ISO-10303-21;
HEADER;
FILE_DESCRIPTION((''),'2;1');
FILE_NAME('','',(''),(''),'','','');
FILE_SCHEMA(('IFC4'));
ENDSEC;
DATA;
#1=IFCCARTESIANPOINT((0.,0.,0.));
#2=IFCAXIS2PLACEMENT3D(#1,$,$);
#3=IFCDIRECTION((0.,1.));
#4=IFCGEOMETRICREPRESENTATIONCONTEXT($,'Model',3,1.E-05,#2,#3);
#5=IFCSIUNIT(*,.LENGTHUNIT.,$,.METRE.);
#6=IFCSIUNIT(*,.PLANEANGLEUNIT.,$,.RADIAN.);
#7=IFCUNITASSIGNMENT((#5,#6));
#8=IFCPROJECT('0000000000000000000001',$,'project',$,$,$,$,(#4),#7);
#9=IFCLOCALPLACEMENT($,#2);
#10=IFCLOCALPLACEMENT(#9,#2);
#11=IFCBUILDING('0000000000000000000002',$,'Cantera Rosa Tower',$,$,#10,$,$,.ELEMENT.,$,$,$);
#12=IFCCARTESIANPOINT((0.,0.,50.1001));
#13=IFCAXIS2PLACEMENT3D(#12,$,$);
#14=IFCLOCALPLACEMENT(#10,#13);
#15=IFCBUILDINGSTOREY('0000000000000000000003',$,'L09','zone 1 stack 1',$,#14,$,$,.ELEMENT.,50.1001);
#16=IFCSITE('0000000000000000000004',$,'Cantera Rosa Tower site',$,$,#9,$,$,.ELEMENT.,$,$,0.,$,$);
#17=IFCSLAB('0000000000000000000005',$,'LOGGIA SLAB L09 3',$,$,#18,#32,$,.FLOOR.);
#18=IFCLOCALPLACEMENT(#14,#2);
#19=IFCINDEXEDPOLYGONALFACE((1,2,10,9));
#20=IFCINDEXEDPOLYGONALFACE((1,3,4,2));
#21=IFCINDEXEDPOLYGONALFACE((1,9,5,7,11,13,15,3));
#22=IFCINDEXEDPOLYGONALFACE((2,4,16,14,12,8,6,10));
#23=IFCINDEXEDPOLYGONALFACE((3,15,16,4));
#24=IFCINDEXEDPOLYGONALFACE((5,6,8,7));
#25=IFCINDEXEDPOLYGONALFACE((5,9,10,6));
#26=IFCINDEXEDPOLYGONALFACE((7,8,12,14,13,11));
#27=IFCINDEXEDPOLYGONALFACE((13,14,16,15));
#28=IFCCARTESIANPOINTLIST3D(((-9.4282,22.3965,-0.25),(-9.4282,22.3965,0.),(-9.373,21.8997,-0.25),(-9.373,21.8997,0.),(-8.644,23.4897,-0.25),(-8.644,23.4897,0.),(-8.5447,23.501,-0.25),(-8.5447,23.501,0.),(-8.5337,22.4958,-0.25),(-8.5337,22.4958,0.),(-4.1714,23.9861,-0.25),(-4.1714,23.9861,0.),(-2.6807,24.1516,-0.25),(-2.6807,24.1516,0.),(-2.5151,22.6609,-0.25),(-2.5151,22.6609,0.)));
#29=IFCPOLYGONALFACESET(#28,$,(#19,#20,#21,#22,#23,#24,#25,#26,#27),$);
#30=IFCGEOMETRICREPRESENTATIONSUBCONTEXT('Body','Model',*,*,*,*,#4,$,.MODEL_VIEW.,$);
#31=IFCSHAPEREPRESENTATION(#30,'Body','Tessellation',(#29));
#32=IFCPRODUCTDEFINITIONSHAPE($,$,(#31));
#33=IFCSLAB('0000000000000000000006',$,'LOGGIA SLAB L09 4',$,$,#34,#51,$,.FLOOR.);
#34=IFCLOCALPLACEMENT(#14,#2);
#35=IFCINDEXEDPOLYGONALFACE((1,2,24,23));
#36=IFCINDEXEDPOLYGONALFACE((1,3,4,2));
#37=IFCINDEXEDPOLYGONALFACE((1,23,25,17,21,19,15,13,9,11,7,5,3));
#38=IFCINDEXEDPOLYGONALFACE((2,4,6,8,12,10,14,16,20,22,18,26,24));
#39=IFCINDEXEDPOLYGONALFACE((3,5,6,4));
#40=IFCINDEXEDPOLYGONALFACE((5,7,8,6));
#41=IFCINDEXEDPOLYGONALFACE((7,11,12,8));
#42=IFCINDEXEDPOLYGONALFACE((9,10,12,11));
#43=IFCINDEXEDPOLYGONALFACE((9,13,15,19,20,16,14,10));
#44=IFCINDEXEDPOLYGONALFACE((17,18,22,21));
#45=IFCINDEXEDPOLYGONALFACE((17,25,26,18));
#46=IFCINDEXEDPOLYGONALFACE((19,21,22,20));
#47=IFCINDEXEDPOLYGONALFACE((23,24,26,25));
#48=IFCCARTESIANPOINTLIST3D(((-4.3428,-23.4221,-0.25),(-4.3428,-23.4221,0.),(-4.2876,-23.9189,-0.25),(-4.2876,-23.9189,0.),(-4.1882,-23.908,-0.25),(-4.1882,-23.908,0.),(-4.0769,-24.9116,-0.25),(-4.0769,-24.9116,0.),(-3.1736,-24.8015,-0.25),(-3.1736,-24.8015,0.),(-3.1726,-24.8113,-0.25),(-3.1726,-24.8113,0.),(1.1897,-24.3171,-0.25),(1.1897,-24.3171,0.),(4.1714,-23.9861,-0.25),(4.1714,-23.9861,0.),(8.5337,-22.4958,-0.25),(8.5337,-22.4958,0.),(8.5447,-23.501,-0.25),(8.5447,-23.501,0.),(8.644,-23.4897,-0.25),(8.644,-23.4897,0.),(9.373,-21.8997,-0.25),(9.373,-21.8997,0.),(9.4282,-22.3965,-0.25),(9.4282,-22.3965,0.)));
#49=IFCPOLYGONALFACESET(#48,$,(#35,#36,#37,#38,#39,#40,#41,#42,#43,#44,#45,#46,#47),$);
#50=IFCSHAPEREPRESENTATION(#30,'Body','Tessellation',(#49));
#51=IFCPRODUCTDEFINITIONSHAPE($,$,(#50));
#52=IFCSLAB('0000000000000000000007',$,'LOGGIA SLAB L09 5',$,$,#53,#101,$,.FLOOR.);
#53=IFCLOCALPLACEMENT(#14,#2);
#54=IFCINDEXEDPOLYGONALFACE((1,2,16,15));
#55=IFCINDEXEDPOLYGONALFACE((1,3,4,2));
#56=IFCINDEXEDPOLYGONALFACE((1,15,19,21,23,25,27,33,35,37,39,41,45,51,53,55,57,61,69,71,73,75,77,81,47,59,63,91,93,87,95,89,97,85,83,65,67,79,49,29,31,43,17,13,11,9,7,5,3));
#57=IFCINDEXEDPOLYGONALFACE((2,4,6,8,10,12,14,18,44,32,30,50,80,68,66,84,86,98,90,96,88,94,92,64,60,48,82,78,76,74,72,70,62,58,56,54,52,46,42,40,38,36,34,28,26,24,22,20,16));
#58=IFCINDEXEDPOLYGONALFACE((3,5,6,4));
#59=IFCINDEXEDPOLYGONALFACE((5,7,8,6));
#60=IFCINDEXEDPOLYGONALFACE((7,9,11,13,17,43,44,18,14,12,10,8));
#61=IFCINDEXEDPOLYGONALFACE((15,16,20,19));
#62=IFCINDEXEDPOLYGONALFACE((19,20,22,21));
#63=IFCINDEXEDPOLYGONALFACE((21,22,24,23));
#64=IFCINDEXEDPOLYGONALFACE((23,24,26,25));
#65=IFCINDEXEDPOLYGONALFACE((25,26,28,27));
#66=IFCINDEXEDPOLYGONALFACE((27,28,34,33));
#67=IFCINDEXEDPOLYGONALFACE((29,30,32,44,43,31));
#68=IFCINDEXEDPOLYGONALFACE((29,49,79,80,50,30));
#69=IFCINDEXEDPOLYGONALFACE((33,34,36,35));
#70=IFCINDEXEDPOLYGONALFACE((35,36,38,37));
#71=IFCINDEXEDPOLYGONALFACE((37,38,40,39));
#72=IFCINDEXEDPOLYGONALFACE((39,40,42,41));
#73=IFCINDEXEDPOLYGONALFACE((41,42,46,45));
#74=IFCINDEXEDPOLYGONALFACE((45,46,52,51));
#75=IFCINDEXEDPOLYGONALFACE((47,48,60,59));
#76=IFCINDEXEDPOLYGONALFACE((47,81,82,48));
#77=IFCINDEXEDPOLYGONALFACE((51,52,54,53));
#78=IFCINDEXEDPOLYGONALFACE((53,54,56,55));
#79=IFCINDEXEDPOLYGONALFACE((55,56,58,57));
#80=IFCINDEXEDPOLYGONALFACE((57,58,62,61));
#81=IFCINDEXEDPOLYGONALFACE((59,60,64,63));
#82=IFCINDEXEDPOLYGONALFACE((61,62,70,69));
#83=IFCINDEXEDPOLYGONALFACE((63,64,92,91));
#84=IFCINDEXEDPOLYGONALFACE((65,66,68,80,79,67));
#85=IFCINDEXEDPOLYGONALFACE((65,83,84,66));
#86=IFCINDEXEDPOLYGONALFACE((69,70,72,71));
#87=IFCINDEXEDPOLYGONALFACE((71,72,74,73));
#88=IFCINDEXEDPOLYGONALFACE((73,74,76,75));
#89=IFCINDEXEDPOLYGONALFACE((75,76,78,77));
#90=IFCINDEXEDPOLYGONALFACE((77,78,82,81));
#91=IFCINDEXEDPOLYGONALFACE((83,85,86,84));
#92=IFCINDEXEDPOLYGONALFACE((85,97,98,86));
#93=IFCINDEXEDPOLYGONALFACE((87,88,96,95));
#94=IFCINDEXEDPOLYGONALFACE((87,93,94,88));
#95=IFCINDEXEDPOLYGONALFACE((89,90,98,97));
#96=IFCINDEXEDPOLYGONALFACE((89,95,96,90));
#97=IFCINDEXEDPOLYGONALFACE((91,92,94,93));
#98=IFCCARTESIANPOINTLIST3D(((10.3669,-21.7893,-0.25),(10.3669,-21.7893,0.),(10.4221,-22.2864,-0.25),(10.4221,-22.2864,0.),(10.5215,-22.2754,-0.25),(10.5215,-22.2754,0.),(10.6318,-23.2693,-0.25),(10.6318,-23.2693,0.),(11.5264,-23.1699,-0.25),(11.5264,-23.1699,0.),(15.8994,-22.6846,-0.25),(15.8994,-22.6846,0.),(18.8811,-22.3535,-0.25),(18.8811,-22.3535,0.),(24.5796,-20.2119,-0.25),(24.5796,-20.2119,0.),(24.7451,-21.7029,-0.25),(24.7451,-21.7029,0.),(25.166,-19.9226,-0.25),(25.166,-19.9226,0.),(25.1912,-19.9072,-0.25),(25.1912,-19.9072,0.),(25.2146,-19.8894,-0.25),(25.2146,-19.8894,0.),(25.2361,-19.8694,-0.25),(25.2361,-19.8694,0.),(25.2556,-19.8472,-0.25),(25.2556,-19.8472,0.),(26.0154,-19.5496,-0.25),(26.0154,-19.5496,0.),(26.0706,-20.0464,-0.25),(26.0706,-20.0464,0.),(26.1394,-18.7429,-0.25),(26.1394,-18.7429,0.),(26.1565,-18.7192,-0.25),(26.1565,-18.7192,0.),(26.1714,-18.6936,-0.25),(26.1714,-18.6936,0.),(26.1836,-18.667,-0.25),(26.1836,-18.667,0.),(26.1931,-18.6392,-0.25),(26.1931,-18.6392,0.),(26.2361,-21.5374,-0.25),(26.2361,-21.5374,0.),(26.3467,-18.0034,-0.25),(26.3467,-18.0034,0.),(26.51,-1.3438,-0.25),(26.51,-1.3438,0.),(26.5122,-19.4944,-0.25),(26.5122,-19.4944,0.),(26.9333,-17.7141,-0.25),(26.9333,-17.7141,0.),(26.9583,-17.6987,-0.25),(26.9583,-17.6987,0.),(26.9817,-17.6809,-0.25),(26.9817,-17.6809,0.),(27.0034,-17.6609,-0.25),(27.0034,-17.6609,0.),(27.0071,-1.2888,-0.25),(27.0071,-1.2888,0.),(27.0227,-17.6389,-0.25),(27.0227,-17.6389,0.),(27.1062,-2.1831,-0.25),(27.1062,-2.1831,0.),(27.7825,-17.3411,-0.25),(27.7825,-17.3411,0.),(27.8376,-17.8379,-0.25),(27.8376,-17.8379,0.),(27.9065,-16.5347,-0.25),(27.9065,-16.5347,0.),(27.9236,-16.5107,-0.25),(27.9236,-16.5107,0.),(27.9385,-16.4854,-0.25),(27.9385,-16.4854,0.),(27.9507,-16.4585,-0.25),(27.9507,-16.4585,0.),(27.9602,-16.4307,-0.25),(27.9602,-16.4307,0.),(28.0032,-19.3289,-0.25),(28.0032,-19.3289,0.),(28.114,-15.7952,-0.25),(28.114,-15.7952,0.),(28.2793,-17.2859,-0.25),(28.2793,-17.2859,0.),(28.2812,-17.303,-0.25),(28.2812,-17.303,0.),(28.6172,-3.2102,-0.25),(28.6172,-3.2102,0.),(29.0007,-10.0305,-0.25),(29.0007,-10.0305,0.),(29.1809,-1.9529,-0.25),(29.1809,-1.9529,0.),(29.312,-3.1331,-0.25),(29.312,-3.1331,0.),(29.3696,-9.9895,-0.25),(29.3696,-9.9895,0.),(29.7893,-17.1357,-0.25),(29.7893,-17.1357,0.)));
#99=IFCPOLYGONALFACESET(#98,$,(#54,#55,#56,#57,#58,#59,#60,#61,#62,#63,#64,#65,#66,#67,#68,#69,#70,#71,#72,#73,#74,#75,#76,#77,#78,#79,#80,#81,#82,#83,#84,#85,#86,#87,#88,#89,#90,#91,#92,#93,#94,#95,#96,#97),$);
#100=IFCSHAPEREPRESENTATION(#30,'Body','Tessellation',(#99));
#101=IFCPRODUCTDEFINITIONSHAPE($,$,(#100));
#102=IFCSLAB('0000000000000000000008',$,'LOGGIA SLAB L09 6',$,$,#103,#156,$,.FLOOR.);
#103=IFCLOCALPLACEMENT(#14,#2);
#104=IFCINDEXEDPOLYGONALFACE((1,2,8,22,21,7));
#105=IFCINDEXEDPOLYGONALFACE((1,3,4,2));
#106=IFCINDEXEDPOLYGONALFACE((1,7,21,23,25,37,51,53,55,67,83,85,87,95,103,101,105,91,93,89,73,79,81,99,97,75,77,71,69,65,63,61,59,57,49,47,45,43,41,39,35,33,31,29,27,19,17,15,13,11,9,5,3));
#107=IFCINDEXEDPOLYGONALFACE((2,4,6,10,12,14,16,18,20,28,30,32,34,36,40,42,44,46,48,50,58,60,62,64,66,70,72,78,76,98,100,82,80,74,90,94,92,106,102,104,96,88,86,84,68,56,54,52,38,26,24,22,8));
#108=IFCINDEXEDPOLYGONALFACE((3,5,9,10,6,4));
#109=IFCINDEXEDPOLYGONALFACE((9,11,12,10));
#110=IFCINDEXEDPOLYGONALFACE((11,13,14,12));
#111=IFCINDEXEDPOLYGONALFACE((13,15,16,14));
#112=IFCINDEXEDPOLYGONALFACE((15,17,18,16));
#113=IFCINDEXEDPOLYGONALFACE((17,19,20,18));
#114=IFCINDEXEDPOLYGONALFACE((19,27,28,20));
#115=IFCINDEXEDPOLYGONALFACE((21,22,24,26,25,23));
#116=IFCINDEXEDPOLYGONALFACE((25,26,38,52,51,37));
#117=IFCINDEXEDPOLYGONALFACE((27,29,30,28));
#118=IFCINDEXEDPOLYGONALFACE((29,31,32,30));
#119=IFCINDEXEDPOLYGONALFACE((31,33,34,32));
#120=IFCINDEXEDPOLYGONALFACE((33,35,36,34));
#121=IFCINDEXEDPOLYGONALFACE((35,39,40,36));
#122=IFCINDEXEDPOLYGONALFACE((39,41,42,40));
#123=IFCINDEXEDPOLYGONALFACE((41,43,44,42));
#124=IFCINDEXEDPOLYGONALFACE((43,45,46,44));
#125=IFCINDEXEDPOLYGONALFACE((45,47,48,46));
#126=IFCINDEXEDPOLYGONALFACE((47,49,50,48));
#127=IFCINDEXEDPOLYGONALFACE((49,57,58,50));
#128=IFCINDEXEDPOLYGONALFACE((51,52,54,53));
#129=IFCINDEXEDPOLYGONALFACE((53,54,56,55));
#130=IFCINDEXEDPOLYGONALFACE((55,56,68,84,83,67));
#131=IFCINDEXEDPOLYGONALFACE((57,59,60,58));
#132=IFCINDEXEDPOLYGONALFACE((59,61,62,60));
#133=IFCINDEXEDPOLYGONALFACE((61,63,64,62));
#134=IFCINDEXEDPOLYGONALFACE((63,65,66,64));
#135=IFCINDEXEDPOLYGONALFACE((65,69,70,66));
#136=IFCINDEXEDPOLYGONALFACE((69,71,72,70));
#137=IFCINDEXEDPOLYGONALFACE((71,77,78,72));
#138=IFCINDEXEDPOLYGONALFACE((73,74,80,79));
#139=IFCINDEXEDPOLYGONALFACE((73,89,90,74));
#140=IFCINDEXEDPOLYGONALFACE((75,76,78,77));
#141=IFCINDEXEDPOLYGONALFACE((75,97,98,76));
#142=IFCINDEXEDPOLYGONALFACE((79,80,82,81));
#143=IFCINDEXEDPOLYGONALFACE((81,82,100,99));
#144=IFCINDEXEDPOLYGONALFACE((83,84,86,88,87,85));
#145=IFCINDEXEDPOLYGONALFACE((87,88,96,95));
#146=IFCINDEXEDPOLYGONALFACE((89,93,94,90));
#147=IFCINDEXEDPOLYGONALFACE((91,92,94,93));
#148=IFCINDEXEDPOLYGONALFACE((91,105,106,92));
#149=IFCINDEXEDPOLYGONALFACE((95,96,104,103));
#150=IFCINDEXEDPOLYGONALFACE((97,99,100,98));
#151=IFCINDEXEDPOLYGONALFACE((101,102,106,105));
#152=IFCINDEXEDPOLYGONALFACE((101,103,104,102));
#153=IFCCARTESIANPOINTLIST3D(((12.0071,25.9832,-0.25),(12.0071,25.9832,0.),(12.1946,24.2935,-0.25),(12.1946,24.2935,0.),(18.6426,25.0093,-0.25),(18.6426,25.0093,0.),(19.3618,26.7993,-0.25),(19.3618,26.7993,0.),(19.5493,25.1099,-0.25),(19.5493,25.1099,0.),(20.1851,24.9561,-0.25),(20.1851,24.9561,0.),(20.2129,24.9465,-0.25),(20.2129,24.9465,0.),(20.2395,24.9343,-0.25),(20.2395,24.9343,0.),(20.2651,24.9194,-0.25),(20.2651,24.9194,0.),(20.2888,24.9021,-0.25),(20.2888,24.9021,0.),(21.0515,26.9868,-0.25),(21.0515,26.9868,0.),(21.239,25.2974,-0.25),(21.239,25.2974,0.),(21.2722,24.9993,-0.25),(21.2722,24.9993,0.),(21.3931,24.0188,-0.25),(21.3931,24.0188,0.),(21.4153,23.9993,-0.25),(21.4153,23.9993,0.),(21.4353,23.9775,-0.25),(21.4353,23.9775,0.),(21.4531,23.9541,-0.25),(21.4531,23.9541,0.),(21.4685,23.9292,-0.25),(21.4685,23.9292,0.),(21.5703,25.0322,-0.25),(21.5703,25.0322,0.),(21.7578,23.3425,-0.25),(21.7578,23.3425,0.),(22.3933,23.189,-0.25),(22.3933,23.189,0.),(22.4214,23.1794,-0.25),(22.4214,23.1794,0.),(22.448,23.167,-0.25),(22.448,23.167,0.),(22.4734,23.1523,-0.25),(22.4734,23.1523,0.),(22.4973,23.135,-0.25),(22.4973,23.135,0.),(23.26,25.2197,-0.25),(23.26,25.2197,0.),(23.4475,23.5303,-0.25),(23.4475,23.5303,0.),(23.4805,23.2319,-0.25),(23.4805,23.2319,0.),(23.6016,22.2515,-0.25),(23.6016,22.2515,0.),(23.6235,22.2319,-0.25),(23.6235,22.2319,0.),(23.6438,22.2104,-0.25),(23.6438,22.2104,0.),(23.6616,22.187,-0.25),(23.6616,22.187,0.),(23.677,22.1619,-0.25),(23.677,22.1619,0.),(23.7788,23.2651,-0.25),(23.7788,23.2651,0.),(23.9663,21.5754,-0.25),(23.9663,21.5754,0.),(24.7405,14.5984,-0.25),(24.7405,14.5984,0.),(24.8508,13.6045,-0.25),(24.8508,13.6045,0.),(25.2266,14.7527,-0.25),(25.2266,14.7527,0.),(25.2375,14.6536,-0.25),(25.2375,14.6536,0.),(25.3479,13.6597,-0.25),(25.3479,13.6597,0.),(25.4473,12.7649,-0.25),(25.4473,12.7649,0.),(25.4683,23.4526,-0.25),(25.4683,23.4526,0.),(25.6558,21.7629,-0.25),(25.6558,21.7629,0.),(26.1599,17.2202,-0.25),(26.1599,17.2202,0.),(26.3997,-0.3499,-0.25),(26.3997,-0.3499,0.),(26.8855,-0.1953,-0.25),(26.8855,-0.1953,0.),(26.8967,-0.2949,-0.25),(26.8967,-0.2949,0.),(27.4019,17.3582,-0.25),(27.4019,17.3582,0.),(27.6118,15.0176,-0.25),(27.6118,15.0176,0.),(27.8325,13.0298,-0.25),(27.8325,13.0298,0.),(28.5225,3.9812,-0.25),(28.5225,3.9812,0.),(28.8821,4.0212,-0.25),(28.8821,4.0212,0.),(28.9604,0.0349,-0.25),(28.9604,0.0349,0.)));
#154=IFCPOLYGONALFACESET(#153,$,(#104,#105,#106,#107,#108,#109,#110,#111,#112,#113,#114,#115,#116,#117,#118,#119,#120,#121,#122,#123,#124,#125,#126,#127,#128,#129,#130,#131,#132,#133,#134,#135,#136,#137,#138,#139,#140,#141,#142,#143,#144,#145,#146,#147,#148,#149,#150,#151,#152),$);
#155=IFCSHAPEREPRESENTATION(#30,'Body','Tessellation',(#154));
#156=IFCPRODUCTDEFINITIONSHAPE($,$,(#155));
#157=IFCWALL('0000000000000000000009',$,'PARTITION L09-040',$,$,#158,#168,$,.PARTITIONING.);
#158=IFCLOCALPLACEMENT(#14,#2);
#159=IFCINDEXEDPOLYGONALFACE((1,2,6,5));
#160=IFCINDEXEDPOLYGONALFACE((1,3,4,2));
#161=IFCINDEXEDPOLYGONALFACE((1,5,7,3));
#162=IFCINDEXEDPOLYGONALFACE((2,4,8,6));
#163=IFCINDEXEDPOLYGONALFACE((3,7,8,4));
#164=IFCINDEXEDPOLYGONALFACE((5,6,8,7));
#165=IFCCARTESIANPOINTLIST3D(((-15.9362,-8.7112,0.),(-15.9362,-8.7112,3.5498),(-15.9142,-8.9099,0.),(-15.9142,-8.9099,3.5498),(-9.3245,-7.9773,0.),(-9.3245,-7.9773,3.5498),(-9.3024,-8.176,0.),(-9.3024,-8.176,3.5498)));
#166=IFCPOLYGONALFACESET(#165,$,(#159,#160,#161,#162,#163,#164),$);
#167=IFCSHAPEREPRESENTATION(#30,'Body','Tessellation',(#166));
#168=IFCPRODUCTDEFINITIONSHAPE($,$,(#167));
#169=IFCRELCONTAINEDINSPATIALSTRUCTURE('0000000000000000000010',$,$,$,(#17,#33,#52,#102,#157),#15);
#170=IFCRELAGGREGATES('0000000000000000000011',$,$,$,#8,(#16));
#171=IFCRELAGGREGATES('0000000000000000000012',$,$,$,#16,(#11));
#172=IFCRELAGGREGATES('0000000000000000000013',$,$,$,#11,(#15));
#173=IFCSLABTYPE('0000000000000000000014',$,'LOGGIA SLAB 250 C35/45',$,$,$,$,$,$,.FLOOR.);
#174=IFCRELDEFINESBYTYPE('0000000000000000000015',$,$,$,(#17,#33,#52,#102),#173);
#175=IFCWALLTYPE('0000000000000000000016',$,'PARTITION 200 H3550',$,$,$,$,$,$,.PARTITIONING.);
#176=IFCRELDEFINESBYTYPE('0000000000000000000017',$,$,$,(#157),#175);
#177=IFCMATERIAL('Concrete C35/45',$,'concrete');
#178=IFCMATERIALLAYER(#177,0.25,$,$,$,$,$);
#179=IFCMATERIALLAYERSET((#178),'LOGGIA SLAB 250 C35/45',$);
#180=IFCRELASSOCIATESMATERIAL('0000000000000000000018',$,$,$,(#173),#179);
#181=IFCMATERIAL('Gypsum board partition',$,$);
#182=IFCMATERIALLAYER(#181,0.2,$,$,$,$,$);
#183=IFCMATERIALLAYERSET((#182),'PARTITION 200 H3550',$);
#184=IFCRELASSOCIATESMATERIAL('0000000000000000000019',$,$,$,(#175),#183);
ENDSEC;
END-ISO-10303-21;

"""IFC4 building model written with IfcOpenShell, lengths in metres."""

from ifc_helpers import new_model, si_unit, direction, frame, frame_2d, origin, place, context, subcontext, project, spatial, polyline, rectangle, outline, extrude, material, layer, layer_set, type_object, element, save


model = new_model("IFC4")

# Units and contexts
model_context = context("Model", 3, precision=1e-05, world=origin(), true_north=direction((0.0, 1.0)))
body_context = subcontext(model_context, "Body", "Model", "MODEL_VIEW")
ifc_project = project(units=[si_unit("LENGTHUNIT", "METRE"), si_unit("PLANEANGLEUNIT", "RADIAN")], contexts=[model_context])

# Site, building, storey
site_placement = place(None, origin())
site = spatial("IfcSite", under=ifc_project, at=site_placement, Name="Cantera Rosa Tower site", CompositionType="ELEMENT", RefElevation=0.0)
building_placement = place(site_placement, origin())
building = spatial("IfcBuilding", under=site, at=building_placement, Name="Cantera Rosa Tower", CompositionType="ELEMENT")
storey_placement = place(building_placement, frame((0.0, 0.0, 50.1001)))
storey = spatial("IfcBuildingStorey", under=building, at=storey_placement, Name="L09", Description="zone 1 stack 1", CompositionType="ELEMENT", Elevation=50.1001)

# Slabs
ifc_material_1 = material(Name="Concrete C35/45", Category="concrete")
ifc_layer_1 = layer(ifc_material_1, 0.25)
ifc_layer_set_1 = layer_set([ifc_layer_1], Name="LOGGIA SLAB 250 C35/45")
slab_type_1 = type_object("IfcSlabType", Name="LOGGIA SLAB 250 C35/45", PredefinedType="FLOOR", material=ifc_layer_set_1)
slab_1_placement = place(storey_placement, frame((0.0, 0.0, -0.25)))
element("IfcSlab", 1, at=slab_1_placement, inside=storey, type_object=slab_type_1, Name="LOGGIA SLAB L09 3", PredefinedType="FLOOR", context=body_context, shape_type="SweptSolid", body=[
    extrude(outline(polyline([(-2.6807, 24.1516), (-2.5151, 22.6609), (-9.373, 21.8997), (-9.4282, 22.3965), (-8.5337, 22.4958), (-8.644, 23.4897), (-8.5447, 23.501), (-4.1714, 23.9861), (-2.6807, 24.1516)])), origin(), (0.0, 0.0, 1.0), 0.25),
])
slab_2_placement = place(storey_placement, frame((0.0, 0.0, -0.25)))
element("IfcSlab", 2, at=slab_2_placement, inside=storey, type_object=slab_type_1, Name="LOGGIA SLAB L09 4", PredefinedType="FLOOR", context=body_context, shape_type="SweptSolid", body=[
    extrude(outline(polyline([(-4.1882, -23.908), (-4.2876, -23.9189), (-4.3428, -23.4221), (9.373, -21.8997), (9.4282, -22.3965), (8.5337, -22.4958), (8.644, -23.4897), (8.5447, -23.501), (4.1714, -23.9861), (1.1897, -24.3171), (-3.1736, -24.8015), (-3.1726, -24.8113), (-4.0769, -24.9116), (-4.1882, -23.908)])), origin(), (0.0, 0.0, 1.0), 0.25),
])
slab_3_placement = place(storey_placement, frame((0.0, 0.0, -0.25)))
element("IfcSlab", 3, at=slab_3_placement, inside=storey, type_object=slab_type_1, Name="LOGGIA SLAB L09 5", PredefinedType="FLOOR", context=body_context, shape_type="SweptSolid", body=[
    extrude(outline(polyline([(29.3696, -9.9895), (29.0007, -10.0305), (29.7893, -17.1357), (28.2812, -17.303), (28.2793, -17.2859), (27.7825, -17.3411), (27.8376, -17.8379), (28.0032, -19.3289), (26.5122, -19.4944), (26.0154, -19.5496), (26.0706, -20.0464), (26.2361, -21.5374), (24.7451, -21.7029), (18.8811, -22.3535), (15.8994, -22.6846), (11.5264, -23.1699), (10.6318, -23.2693), (10.5215, -22.2754), (10.4221, -22.2864), (10.3669, -21.7893), (24.5796, -20.2119), (25.166, -19.9226), (25.1912, -19.9072), (25.2146, -19.8894), (25.2361, -19.8694), (25.2556, -19.8472), (26.1394, -18.7429), (26.1565, -18.7192), (26.1714, -18.6936), (26.1836, -18.667), (26.1931, -18.6392), (26.3467, -18.0034), (26.9333, -17.7141), (26.9583, -17.6987), (26.9817, -17.6809), (27.0034, -17.6609), (27.0227, -17.6389), (27.9065, -16.5347), (27.9236, -16.5107), (27.9385, -16.4854), (27.9507, -16.4585), (27.9602, -16.4307), (28.114, -15.7952), (26.51, -1.3438), (27.0071, -1.2888), (27.1062, -2.1831), (29.1809, -1.9529), (29.312, -3.1331), (28.6172, -3.2102), (29.3696, -9.9895)])), origin(), (0.0, 0.0, 1.0), 0.25),
])
slab_4_placement = place(storey_placement, frame((0.0, 0.0, -0.25)))
element("IfcSlab", 4, at=slab_4_placement, inside=storey, type_object=slab_type_1, Name="LOGGIA SLAB L09 6", PredefinedType="FLOOR", context=body_context, shape_type="SweptSolid", body=[
    extrude(outline(polyline([(21.0515, 26.9868), (21.239, 25.2974), (21.2722, 24.9993), (21.5703, 25.0322), (23.26, 25.2197), (23.4475, 23.5303), (23.4805, 23.2319), (23.7788, 23.2651), (25.4683, 23.4526), (25.6558, 21.7629), (26.1599, 17.2202), (27.4019, 17.3582), (28.8821, 4.0212), (28.5225, 3.9812), (28.9604, 0.0349), (26.8855, -0.1953), (26.8967, -0.2949), (26.3997, -0.3499), (24.8508, 13.6045), (25.3479, 13.6597), (25.4473, 12.7649), (27.8325, 13.0298), (27.6118, 15.0176), (25.2266, 14.7527), (25.2375, 14.6536), (24.7405, 14.5984), (23.9663, 21.5754), (23.677, 22.1619), (23.6616, 22.187), (23.6438, 22.2104), (23.6235, 22.2319), (23.6016, 22.2515), (22.4973, 23.135), (22.4734, 23.1523), (22.448, 23.167), (22.4214, 23.1794), (22.3933, 23.189), (21.7578, 23.3425), (21.4685, 23.9292), (21.4531, 23.9541), (21.4353, 23.9775), (21.4153, 23.9993), (21.3931, 24.0188), (20.2888, 24.9021), (20.2651, 24.9194), (20.2395, 24.9343), (20.2129, 24.9465), (20.1851, 24.9561), (19.5493, 25.1099), (18.6426, 25.0093), (12.1946, 24.2935), (12.0071, 25.9832), (19.3618, 26.7993), (21.0515, 26.9868)])), origin(), (0.0, 0.0, 1.0), 0.25),
])

# Wall
ifc_material_2 = material(Name="Gypsum board partition")
ifc_layer_2 = layer(ifc_material_2, 0.2)
ifc_layer_set_2 = layer_set([ifc_layer_2], Name="PARTITION 200 H3550")
wall_type_1 = type_object("IfcWallType", Name="PARTITION 200 H3550", PredefinedType="PARTITIONING", material=ifc_layer_set_2)
wall_1_placement = place(storey_placement, frame((-9.3135, -8.0767, 0.0), z_axis=(0.0, 0.0, 1.0), x_axis=(-0.993896, -0.110319, 0.0)))
element("IfcWall", 5, at=wall_1_placement, inside=storey, type_object=wall_type_1, Name="PARTITION L09-040", PredefinedType="PARTITIONING", context=body_context, shape_type="SweptSolid", body=[
    extrude(rectangle(XDim=6.6523, YDim=0.2, at=frame_2d((3.3262, 0.0))), origin(), (0.0, 0.0, 1.0), 3.5498),
])

save(model, "model.ifc")
